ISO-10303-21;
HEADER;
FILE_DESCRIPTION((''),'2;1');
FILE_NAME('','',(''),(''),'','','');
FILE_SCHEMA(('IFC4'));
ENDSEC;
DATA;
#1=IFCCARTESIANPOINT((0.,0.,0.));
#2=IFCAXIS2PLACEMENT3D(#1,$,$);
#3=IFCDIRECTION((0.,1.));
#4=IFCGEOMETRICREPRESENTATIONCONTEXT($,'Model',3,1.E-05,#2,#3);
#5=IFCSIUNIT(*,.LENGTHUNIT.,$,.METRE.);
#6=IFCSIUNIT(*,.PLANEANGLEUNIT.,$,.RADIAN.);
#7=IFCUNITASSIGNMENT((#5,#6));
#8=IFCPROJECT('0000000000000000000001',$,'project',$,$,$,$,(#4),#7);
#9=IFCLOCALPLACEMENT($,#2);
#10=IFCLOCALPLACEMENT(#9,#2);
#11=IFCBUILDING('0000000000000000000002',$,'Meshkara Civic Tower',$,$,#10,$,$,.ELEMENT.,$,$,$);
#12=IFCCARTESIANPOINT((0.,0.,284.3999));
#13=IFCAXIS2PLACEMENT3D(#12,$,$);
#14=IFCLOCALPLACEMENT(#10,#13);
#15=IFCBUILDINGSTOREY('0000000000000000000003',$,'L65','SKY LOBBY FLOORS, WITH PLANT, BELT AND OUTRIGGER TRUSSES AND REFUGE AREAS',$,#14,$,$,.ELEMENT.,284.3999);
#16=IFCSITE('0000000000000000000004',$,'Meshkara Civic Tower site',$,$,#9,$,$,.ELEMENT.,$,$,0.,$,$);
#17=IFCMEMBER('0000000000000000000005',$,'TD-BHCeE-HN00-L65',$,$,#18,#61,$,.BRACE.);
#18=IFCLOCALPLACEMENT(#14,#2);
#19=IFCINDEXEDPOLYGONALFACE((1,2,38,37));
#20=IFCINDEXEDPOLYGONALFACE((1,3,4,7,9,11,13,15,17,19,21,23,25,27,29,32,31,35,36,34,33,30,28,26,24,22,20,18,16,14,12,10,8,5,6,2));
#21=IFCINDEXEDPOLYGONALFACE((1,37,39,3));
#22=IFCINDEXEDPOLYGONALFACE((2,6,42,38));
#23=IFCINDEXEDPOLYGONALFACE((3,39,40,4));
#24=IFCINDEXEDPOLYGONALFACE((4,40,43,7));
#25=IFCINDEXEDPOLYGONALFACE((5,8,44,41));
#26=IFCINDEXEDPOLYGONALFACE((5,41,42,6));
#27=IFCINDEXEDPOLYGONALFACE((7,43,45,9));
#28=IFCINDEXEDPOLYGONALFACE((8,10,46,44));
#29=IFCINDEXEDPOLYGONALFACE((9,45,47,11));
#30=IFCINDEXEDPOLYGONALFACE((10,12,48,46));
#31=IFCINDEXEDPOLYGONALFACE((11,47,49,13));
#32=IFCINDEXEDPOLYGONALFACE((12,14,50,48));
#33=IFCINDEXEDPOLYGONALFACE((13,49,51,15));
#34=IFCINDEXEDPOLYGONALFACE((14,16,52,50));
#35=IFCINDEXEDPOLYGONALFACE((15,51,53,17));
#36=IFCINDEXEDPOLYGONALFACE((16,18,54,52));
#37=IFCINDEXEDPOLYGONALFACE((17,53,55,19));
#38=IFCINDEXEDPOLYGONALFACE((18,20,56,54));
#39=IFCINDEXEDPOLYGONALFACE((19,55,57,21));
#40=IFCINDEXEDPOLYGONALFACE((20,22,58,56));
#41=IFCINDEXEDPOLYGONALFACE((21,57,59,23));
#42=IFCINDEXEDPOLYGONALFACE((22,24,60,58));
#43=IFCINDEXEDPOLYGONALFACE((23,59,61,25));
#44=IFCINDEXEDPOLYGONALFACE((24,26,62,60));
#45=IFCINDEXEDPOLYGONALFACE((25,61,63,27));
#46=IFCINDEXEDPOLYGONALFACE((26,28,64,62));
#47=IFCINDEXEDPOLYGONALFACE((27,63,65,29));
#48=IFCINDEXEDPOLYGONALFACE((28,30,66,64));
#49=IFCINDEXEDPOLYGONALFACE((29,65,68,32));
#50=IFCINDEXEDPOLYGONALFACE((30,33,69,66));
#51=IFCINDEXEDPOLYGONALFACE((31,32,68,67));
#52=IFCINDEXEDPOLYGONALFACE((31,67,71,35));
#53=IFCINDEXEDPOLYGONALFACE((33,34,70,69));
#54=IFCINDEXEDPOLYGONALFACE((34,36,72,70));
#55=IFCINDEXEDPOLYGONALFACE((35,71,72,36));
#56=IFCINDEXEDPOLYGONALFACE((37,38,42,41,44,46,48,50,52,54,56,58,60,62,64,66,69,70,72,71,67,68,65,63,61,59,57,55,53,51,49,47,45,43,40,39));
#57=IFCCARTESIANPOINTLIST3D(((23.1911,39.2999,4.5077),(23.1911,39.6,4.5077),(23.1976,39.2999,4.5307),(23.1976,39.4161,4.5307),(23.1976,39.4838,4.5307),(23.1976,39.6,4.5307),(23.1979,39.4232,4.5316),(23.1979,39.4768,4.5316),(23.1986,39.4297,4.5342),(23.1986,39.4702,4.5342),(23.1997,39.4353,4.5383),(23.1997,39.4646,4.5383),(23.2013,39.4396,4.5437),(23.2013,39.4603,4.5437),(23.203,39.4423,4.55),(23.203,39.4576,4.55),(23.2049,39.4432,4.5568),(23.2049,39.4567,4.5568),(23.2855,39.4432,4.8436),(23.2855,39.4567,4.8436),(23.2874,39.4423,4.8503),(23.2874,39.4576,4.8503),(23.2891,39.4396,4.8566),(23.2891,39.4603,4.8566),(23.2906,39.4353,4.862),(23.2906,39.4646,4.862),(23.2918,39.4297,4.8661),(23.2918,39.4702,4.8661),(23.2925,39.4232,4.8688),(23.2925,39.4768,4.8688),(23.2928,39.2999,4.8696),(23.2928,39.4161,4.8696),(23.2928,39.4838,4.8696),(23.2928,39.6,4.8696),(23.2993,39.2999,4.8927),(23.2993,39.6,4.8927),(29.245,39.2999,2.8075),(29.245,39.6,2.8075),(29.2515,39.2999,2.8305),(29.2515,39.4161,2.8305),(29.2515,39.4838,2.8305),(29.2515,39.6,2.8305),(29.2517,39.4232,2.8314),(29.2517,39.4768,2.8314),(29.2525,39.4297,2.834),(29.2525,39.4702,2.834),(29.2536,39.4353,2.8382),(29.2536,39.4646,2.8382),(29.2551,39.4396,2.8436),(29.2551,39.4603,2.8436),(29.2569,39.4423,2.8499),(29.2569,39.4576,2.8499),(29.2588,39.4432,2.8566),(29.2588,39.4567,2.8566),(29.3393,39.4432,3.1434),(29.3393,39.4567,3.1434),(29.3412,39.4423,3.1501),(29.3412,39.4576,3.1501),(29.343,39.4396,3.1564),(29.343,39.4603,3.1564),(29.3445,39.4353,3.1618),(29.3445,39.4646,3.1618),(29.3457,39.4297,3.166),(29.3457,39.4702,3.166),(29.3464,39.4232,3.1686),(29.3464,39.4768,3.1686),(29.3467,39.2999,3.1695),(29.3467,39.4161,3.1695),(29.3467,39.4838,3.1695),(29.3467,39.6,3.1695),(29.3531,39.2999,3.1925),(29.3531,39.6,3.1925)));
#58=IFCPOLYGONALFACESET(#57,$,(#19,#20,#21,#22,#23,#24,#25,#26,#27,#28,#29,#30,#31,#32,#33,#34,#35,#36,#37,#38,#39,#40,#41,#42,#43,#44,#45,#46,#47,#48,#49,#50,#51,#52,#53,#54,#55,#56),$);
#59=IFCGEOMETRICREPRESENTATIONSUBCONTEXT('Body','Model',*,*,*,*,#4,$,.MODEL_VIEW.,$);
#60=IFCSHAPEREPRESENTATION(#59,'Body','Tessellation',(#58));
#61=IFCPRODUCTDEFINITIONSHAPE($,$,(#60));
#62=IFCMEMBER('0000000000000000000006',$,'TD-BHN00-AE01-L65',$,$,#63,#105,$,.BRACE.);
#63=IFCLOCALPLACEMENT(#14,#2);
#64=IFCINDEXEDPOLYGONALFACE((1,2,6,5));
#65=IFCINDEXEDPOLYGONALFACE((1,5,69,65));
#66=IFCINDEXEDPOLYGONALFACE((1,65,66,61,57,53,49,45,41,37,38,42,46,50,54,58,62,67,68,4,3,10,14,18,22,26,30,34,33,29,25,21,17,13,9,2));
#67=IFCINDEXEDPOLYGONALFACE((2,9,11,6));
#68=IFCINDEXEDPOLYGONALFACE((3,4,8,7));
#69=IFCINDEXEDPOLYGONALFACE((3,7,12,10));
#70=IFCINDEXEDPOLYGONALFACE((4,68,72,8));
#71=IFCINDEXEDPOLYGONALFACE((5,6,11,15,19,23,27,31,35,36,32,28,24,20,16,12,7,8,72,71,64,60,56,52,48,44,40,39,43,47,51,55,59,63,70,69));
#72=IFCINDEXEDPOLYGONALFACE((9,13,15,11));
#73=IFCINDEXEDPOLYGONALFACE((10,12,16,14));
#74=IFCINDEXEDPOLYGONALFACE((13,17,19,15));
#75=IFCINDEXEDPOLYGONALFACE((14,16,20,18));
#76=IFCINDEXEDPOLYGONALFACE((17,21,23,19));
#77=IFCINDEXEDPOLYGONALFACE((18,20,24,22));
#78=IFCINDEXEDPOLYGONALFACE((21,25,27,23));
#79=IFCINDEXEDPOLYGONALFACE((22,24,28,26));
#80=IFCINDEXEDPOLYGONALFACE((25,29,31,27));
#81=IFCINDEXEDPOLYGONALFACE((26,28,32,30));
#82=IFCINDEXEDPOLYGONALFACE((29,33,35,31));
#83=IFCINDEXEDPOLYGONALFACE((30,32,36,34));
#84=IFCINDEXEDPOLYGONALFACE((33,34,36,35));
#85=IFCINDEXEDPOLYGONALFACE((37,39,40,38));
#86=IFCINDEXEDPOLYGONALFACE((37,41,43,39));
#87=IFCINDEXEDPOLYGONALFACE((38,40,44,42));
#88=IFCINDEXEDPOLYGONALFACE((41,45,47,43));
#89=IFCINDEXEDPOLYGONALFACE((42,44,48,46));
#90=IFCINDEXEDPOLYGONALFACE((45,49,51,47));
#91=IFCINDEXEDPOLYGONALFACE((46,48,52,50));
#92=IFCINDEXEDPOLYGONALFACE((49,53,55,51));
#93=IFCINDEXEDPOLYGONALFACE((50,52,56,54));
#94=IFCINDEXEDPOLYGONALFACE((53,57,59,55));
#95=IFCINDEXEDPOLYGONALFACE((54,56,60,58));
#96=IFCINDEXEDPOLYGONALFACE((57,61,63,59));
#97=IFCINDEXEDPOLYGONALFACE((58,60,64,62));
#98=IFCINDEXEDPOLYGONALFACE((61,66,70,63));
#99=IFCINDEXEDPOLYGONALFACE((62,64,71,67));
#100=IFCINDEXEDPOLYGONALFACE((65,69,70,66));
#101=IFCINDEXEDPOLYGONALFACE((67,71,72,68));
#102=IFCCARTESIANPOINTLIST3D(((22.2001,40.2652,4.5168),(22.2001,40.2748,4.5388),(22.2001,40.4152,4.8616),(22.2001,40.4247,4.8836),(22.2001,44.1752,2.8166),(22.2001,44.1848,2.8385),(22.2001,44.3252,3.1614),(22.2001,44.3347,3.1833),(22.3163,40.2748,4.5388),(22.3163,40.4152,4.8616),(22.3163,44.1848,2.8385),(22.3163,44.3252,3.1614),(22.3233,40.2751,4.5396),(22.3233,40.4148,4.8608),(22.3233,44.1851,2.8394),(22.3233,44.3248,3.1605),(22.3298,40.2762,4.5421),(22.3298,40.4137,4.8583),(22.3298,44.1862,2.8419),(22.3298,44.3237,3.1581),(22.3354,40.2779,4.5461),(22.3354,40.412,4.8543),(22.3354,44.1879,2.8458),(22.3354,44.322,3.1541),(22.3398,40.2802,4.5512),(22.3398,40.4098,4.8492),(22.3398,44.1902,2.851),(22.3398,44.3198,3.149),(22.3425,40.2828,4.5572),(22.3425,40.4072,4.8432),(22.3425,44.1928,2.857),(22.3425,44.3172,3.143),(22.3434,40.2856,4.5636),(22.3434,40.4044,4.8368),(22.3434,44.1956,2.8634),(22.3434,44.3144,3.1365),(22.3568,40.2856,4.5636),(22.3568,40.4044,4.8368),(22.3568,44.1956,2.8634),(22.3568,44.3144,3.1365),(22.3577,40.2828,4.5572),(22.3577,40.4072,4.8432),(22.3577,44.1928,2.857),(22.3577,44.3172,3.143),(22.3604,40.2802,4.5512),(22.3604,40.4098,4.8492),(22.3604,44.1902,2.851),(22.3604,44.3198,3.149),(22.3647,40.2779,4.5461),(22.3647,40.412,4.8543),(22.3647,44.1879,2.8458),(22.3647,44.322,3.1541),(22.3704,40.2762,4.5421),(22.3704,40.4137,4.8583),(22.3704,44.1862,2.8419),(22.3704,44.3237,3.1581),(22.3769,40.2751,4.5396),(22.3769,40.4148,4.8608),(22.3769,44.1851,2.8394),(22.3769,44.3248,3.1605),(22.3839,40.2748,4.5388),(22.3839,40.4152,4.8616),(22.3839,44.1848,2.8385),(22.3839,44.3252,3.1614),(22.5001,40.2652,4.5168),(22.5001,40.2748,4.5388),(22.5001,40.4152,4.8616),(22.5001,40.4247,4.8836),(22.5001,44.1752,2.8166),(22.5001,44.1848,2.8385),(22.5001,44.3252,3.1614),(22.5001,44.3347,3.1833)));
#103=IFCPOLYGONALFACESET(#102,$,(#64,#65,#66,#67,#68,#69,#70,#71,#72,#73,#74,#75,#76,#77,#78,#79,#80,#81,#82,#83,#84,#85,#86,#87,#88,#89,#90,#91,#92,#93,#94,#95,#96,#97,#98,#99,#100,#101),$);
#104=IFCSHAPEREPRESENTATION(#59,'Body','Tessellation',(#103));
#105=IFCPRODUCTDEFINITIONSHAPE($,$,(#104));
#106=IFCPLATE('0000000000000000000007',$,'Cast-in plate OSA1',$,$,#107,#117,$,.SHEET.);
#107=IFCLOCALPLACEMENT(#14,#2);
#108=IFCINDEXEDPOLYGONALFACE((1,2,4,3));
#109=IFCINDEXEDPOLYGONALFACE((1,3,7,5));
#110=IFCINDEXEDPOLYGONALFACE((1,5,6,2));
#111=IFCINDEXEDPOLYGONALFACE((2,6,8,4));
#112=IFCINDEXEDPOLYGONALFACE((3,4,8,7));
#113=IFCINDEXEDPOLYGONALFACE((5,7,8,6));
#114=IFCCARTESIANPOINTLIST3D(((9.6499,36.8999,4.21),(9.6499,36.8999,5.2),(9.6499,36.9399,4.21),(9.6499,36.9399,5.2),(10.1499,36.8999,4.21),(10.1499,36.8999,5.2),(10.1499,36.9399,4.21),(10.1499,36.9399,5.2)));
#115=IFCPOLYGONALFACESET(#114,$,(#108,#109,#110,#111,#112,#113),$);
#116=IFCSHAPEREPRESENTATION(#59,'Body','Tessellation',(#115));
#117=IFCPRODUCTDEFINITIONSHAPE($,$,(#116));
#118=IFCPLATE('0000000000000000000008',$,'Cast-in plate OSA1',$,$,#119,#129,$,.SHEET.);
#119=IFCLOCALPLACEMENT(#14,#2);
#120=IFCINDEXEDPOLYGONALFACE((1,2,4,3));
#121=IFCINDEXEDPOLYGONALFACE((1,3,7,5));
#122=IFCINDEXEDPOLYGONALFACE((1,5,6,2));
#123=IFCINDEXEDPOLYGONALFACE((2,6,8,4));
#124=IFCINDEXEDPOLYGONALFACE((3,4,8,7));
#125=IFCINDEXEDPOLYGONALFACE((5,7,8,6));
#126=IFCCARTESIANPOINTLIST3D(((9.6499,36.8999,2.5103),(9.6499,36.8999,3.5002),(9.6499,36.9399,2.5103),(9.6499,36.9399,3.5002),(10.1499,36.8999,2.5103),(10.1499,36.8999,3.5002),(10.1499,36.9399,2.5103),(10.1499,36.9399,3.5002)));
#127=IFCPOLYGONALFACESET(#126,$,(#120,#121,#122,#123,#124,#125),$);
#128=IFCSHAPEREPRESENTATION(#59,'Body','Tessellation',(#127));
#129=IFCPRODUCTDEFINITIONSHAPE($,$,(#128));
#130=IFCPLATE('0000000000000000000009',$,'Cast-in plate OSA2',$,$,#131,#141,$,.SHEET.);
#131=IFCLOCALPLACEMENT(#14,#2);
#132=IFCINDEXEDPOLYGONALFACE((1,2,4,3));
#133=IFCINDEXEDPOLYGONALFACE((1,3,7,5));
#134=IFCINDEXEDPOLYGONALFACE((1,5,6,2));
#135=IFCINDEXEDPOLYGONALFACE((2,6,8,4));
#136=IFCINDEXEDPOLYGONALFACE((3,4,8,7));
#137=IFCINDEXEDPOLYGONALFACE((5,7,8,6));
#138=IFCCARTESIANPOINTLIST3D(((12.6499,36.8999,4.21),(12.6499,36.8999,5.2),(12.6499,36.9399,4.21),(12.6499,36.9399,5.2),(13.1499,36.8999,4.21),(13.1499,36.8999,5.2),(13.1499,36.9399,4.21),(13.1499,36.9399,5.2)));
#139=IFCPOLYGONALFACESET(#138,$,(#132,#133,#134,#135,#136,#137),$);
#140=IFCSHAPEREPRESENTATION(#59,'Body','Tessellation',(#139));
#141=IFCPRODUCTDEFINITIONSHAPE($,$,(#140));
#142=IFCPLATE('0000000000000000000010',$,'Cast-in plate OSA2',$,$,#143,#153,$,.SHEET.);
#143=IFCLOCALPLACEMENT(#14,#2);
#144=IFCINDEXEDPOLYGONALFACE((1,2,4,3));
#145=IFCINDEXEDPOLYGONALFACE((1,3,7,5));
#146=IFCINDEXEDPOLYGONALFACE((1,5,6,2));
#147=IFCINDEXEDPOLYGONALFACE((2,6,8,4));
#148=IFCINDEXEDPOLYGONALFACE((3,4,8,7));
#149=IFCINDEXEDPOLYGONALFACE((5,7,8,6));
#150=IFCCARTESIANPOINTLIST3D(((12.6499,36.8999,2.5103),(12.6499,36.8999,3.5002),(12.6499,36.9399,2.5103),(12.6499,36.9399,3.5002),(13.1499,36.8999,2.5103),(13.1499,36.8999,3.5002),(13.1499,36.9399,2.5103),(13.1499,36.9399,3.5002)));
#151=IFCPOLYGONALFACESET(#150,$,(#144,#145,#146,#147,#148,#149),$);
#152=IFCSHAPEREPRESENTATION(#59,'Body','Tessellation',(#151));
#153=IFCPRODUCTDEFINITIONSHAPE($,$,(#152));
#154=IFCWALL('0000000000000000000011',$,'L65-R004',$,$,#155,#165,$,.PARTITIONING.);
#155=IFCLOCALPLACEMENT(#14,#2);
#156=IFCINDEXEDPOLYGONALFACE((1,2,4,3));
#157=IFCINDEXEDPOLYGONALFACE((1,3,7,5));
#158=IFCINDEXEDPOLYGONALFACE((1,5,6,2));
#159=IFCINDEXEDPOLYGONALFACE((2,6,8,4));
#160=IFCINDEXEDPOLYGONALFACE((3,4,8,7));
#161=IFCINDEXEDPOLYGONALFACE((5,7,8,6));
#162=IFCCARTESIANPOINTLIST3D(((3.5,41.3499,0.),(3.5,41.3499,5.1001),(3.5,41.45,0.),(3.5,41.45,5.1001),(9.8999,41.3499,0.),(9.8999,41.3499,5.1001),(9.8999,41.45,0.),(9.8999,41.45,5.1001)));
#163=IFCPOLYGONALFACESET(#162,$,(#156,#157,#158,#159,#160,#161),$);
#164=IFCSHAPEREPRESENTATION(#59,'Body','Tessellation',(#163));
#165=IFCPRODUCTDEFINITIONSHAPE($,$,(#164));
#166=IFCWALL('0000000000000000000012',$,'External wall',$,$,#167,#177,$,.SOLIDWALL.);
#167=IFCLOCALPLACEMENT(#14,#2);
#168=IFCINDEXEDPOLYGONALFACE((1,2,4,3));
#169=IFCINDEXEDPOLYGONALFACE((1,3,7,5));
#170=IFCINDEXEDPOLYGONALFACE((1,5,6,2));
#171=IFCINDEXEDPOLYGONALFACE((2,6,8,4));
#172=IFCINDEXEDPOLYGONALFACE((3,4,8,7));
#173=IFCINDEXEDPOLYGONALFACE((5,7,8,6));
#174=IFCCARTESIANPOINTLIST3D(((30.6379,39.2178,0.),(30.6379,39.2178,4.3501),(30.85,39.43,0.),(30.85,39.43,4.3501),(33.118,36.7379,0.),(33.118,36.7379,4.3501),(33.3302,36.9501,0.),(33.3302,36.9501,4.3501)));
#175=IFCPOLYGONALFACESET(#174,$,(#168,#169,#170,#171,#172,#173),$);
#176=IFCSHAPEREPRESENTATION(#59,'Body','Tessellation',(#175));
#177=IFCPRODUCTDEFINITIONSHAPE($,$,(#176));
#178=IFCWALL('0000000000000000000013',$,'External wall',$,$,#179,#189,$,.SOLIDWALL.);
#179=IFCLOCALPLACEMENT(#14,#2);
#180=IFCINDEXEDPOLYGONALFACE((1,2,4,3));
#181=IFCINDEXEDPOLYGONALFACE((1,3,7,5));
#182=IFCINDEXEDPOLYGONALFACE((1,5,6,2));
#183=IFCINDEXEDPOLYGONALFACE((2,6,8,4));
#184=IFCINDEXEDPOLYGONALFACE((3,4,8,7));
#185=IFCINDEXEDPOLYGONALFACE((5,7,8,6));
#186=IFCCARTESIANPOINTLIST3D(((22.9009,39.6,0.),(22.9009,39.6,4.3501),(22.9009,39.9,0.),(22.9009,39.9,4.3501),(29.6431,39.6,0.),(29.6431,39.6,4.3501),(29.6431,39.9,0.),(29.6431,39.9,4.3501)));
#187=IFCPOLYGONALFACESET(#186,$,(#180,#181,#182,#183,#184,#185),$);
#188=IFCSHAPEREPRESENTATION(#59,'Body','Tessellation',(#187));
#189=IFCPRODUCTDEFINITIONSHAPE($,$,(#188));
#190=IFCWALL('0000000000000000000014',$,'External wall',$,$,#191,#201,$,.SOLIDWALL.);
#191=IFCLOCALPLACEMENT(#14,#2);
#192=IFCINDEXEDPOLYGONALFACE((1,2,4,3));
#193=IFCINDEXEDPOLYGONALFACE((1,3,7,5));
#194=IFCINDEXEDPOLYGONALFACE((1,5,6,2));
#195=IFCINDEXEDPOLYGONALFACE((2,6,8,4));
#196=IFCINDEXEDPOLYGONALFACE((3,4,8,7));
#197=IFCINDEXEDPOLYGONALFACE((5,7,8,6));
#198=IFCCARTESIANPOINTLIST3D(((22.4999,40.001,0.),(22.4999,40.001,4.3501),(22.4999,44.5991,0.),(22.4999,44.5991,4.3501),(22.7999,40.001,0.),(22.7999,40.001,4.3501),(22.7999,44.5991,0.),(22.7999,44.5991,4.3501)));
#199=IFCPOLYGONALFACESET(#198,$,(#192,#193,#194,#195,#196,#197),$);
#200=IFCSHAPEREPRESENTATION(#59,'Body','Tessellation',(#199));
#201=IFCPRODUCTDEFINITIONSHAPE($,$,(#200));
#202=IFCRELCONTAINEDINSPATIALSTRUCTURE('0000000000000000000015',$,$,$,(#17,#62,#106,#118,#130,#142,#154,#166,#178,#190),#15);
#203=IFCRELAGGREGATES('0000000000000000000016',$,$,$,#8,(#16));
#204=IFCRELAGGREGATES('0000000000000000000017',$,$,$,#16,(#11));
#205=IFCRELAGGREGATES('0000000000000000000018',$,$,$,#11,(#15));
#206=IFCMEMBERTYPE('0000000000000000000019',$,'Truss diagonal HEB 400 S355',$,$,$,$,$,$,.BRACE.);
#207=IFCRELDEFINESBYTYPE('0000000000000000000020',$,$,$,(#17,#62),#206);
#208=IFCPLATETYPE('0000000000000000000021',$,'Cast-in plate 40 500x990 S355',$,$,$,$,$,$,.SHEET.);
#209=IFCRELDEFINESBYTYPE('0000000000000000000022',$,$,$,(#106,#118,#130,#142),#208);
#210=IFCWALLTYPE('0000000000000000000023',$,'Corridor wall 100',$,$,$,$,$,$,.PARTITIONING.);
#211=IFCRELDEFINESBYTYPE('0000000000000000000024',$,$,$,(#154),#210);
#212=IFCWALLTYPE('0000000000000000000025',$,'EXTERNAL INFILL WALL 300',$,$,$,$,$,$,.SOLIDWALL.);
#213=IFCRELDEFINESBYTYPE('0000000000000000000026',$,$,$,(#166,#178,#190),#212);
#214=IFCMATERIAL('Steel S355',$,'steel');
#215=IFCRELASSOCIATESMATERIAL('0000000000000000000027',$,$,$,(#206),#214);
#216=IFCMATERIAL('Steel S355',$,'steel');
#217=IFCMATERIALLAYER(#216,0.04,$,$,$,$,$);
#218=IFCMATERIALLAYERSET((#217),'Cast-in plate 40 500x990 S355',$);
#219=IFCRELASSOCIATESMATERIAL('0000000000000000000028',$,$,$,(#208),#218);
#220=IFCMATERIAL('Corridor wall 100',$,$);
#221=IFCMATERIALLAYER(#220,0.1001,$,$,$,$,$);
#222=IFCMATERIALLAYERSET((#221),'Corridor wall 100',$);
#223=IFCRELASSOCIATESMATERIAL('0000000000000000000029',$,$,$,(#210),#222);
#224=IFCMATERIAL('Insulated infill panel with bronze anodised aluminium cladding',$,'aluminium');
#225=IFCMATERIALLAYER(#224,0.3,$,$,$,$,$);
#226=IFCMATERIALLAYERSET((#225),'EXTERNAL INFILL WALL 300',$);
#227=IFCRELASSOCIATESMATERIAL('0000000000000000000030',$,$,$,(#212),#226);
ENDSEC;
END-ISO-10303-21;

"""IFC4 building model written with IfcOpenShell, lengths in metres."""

from ifc_helpers import new_model, si_unit, direction, frame, frame_2d, origin, origin_2d, place, context, subcontext, project, spatial, rectangle, i_section, extrude, material, layer, layer_set, material_profile, profile_set, type_object, element, save


model = new_model("IFC4")

# Units and contexts
model_context = context("Model", 3, precision=1e-05, world=origin(), true_north=direction((0.0, 1.0)))
body_context = subcontext(model_context, "Body", "Model", "MODEL_VIEW")
ifc_project = project(units=[si_unit("LENGTHUNIT", "METRE"), si_unit("PLANEANGLEUNIT", "RADIAN")], contexts=[model_context])

# Site, building, storey
site_placement = place(None, origin())
site = spatial("IfcSite", under=ifc_project, at=site_placement, Name="Meshkara Civic Tower site", CompositionType="ELEMENT", RefElevation=0.0)
building_placement = place(site_placement, origin())
building = spatial("IfcBuilding", under=site, at=building_placement, Name="Meshkara Civic Tower", CompositionType="ELEMENT")
storey_placement = place(building_placement, frame((0.0, 0.0, 284.3999)))
storey = spatial("IfcBuildingStorey", under=building, at=storey_placement, Name="L65", Description="SKY LOBBY FLOORS, WITH PLANT, BELT AND OUTRIGGER TRUSSES AND REFUGE AREAS", CompositionType="ELEMENT", Elevation=284.3999)

# Members
ifc_material_1 = material(Name="Steel S355", Category="steel")
ifc_material_profile_1 = material_profile(ifc_material_1, i_section(OverallWidth=0.3, OverallDepth=0.3999, WebThickness=0.0134, FlangeThickness=0.0239, FilletRadius=0.0271, at=origin_2d()))
ifc_profile_set_1 = profile_set([ifc_material_profile_1], Name="Steel S355")
member_type_1 = type_object("IfcMemberType", Name="Truss diagonal HEB 400 S355", PredefinedType="BRACE", material=ifc_profile_set_1)
member_1_placement = place(storey_placement, frame((29.2991, 39.45, 3.0), z_axis=(-0.962754, 0.0, 0.27038), x_axis=(0.0, -1.0, 0.0)))
element("IfcMember", 1, at=member_1_placement, inside=storey, type_object=member_type_1, Name="TD-BHCeE-HN00-L65", PredefinedType="BRACE", context=body_context, shape_type="SweptSolid", body=[
    extrude(i_section(OverallWidth=0.3, OverallDepth=0.3999, WebThickness=0.0134, FlangeThickness=0.0239, FilletRadius=0.0271, at=origin_2d()), origin(), (0.0, 0.0, 1.0), 6.2881),
])
member_2_placement = place(storey_placement, frame((22.3501, 40.345, 4.7002), z_axis=(0.0, 0.91705, -0.398772), x_axis=(-1.0, 0.0, 0.0)))
element("IfcMember", 2, at=member_2_placement, inside=storey, type_object=member_type_1, Name="TD-BHN00-AE01-L65", PredefinedType="BRACE", context=body_context, shape_type="SweptSolid", body=[
    extrude(i_section(OverallWidth=0.3, OverallDepth=0.3999, WebThickness=0.0134, FlangeThickness=0.0239, FilletRadius=0.0271, at=origin_2d()), origin(), (0.0, 0.0, 1.0), 4.2637),
])

# Plates
ifc_material_2 = material(Name="Steel S355", Category="steel")
ifc_layer_1 = layer(ifc_material_2, 0.04)
ifc_layer_set_1 = layer_set([ifc_layer_1], Name="Cast-in plate 40 500x990 S355")
plate_type = type_object("IfcPlateType", Name="Cast-in plate 40 500x990 S355", PredefinedType="SHEET", material=ifc_layer_set_1)
for number, where, z_axis, x_axis, name in (
    (3, (9.8999, 36.9199, 4.21), (0.0, 0.0, 1.0), (0.0, 1.0, 0.0), "Cast-in plate OSA1"),
    (4, (9.8999, 36.9199, 2.5103), (0.0, 0.0, 1.0), (0.0, 1.0, 0.0), "Cast-in plate OSA1"),
    (5, (12.8999, 36.9199, 4.21), (0.0, 0.0, 1.0), (0.0, 1.0, 0.0), "Cast-in plate OSA2"),
    (6, (12.8999, 36.9199, 2.5103), (0.0, 0.0, 1.0), (0.0, 1.0, 0.0), "Cast-in plate OSA2"),
):
    element("IfcPlate", number, at=place(storey_placement, frame(where, z_axis=z_axis, x_axis=x_axis)), inside=storey, type_object=plate_type, Name=name, PredefinedType="SHEET", context=body_context, shape_type="SweptSolid", body=[
        extrude(rectangle(XDim=0.04, YDim=0.5, at=origin_2d()), origin(), (0.0, 0.0, 1.0), 0.99),
    ])

# Walls
ifc_material_3 = material(Name="Corridor wall 100")
ifc_layer_2 = layer(ifc_material_3, 0.1001)
ifc_layer_set_2 = layer_set([ifc_layer_2], Name="Corridor wall 100")
wall_type_1 = type_object("IfcWallType", Name="Corridor wall 100", PredefinedType="PARTITIONING", material=ifc_layer_set_2)
wall_1_placement = place(storey_placement, frame((9.8999, 41.3999, 0.0), z_axis=(0.0, 0.0, 1.0), x_axis=(-1.0, 0.0, 0.0)))
element("IfcWall", 7, at=wall_1_placement, inside=storey, type_object=wall_type_1, Name="L65-R004", PredefinedType="PARTITIONING", context=body_context, shape_type="SweptSolid", body=[
    extrude(rectangle(XDim=6.3999, YDim=0.1001, at=frame_2d((3.2, 0.0))), origin(), (0.0, 0.0, 1.0), 5.1001),
])
ifc_material_4 = material(Name="Insulated infill panel with bronze anodised aluminium cladding", Category="aluminium")
ifc_layer_3 = layer(ifc_material_4, 0.3)
ifc_layer_set_3 = layer_set([ifc_layer_3], Name="EXTERNAL INFILL WALL 300")
wall_type_2 = type_object("IfcWallType", Name="EXTERNAL INFILL WALL 300", PredefinedType="SOLIDWALL", material=ifc_layer_set_3)
wall_2_placement = place(storey_placement, frame((33.2241, 36.844, 0.0), z_axis=(0.0, 0.0, 1.0), x_axis=(-0.707142, 0.707072, 0.0)))
element("IfcWall", 8, at=wall_2_placement, inside=storey, type_object=wall_type_2, Name="External wall", PredefinedType="SOLIDWALL", context=body_context, shape_type="SweptSolid", body=[
    extrude(rectangle(XDim=3.5073, YDim=0.3, at=frame_2d((1.7537, 0.0))), origin(), (0.0, 0.0, 1.0), 4.3501),
])
wall_3_placement = place(storey_placement, frame((29.6431, 39.75, 0.0), z_axis=(0.0, 0.0, 1.0), x_axis=(-1.0, 0.0, 0.0)))
element("IfcWall", 9, at=wall_3_placement, inside=storey, type_object=wall_type_2, Name="External wall", PredefinedType="SOLIDWALL", context=body_context, shape_type="SweptSolid", body=[
    extrude(rectangle(XDim=6.7422, YDim=0.3, at=frame_2d((3.3711, 0.0))), origin(), (0.0, 0.0, 1.0), 4.3501),
])
wall_4_placement = place(storey_placement, frame((22.6499, 40.001, 0.0), z_axis=(0.0, 0.0, 1.0), x_axis=(0.0, 1.0, 0.0)))
element("IfcWall", 10, at=wall_4_placement, inside=storey, type_object=wall_type_2, Name="External wall", PredefinedType="SOLIDWALL", context=body_context, shape_type="SweptSolid", body=[
    extrude(rectangle(XDim=4.5981, YDim=0.3, at=frame_2d((2.2991, 0.0))), origin(), (0.0, 0.0, 1.0), 4.3501),
])

save(model, "model.ifc")
